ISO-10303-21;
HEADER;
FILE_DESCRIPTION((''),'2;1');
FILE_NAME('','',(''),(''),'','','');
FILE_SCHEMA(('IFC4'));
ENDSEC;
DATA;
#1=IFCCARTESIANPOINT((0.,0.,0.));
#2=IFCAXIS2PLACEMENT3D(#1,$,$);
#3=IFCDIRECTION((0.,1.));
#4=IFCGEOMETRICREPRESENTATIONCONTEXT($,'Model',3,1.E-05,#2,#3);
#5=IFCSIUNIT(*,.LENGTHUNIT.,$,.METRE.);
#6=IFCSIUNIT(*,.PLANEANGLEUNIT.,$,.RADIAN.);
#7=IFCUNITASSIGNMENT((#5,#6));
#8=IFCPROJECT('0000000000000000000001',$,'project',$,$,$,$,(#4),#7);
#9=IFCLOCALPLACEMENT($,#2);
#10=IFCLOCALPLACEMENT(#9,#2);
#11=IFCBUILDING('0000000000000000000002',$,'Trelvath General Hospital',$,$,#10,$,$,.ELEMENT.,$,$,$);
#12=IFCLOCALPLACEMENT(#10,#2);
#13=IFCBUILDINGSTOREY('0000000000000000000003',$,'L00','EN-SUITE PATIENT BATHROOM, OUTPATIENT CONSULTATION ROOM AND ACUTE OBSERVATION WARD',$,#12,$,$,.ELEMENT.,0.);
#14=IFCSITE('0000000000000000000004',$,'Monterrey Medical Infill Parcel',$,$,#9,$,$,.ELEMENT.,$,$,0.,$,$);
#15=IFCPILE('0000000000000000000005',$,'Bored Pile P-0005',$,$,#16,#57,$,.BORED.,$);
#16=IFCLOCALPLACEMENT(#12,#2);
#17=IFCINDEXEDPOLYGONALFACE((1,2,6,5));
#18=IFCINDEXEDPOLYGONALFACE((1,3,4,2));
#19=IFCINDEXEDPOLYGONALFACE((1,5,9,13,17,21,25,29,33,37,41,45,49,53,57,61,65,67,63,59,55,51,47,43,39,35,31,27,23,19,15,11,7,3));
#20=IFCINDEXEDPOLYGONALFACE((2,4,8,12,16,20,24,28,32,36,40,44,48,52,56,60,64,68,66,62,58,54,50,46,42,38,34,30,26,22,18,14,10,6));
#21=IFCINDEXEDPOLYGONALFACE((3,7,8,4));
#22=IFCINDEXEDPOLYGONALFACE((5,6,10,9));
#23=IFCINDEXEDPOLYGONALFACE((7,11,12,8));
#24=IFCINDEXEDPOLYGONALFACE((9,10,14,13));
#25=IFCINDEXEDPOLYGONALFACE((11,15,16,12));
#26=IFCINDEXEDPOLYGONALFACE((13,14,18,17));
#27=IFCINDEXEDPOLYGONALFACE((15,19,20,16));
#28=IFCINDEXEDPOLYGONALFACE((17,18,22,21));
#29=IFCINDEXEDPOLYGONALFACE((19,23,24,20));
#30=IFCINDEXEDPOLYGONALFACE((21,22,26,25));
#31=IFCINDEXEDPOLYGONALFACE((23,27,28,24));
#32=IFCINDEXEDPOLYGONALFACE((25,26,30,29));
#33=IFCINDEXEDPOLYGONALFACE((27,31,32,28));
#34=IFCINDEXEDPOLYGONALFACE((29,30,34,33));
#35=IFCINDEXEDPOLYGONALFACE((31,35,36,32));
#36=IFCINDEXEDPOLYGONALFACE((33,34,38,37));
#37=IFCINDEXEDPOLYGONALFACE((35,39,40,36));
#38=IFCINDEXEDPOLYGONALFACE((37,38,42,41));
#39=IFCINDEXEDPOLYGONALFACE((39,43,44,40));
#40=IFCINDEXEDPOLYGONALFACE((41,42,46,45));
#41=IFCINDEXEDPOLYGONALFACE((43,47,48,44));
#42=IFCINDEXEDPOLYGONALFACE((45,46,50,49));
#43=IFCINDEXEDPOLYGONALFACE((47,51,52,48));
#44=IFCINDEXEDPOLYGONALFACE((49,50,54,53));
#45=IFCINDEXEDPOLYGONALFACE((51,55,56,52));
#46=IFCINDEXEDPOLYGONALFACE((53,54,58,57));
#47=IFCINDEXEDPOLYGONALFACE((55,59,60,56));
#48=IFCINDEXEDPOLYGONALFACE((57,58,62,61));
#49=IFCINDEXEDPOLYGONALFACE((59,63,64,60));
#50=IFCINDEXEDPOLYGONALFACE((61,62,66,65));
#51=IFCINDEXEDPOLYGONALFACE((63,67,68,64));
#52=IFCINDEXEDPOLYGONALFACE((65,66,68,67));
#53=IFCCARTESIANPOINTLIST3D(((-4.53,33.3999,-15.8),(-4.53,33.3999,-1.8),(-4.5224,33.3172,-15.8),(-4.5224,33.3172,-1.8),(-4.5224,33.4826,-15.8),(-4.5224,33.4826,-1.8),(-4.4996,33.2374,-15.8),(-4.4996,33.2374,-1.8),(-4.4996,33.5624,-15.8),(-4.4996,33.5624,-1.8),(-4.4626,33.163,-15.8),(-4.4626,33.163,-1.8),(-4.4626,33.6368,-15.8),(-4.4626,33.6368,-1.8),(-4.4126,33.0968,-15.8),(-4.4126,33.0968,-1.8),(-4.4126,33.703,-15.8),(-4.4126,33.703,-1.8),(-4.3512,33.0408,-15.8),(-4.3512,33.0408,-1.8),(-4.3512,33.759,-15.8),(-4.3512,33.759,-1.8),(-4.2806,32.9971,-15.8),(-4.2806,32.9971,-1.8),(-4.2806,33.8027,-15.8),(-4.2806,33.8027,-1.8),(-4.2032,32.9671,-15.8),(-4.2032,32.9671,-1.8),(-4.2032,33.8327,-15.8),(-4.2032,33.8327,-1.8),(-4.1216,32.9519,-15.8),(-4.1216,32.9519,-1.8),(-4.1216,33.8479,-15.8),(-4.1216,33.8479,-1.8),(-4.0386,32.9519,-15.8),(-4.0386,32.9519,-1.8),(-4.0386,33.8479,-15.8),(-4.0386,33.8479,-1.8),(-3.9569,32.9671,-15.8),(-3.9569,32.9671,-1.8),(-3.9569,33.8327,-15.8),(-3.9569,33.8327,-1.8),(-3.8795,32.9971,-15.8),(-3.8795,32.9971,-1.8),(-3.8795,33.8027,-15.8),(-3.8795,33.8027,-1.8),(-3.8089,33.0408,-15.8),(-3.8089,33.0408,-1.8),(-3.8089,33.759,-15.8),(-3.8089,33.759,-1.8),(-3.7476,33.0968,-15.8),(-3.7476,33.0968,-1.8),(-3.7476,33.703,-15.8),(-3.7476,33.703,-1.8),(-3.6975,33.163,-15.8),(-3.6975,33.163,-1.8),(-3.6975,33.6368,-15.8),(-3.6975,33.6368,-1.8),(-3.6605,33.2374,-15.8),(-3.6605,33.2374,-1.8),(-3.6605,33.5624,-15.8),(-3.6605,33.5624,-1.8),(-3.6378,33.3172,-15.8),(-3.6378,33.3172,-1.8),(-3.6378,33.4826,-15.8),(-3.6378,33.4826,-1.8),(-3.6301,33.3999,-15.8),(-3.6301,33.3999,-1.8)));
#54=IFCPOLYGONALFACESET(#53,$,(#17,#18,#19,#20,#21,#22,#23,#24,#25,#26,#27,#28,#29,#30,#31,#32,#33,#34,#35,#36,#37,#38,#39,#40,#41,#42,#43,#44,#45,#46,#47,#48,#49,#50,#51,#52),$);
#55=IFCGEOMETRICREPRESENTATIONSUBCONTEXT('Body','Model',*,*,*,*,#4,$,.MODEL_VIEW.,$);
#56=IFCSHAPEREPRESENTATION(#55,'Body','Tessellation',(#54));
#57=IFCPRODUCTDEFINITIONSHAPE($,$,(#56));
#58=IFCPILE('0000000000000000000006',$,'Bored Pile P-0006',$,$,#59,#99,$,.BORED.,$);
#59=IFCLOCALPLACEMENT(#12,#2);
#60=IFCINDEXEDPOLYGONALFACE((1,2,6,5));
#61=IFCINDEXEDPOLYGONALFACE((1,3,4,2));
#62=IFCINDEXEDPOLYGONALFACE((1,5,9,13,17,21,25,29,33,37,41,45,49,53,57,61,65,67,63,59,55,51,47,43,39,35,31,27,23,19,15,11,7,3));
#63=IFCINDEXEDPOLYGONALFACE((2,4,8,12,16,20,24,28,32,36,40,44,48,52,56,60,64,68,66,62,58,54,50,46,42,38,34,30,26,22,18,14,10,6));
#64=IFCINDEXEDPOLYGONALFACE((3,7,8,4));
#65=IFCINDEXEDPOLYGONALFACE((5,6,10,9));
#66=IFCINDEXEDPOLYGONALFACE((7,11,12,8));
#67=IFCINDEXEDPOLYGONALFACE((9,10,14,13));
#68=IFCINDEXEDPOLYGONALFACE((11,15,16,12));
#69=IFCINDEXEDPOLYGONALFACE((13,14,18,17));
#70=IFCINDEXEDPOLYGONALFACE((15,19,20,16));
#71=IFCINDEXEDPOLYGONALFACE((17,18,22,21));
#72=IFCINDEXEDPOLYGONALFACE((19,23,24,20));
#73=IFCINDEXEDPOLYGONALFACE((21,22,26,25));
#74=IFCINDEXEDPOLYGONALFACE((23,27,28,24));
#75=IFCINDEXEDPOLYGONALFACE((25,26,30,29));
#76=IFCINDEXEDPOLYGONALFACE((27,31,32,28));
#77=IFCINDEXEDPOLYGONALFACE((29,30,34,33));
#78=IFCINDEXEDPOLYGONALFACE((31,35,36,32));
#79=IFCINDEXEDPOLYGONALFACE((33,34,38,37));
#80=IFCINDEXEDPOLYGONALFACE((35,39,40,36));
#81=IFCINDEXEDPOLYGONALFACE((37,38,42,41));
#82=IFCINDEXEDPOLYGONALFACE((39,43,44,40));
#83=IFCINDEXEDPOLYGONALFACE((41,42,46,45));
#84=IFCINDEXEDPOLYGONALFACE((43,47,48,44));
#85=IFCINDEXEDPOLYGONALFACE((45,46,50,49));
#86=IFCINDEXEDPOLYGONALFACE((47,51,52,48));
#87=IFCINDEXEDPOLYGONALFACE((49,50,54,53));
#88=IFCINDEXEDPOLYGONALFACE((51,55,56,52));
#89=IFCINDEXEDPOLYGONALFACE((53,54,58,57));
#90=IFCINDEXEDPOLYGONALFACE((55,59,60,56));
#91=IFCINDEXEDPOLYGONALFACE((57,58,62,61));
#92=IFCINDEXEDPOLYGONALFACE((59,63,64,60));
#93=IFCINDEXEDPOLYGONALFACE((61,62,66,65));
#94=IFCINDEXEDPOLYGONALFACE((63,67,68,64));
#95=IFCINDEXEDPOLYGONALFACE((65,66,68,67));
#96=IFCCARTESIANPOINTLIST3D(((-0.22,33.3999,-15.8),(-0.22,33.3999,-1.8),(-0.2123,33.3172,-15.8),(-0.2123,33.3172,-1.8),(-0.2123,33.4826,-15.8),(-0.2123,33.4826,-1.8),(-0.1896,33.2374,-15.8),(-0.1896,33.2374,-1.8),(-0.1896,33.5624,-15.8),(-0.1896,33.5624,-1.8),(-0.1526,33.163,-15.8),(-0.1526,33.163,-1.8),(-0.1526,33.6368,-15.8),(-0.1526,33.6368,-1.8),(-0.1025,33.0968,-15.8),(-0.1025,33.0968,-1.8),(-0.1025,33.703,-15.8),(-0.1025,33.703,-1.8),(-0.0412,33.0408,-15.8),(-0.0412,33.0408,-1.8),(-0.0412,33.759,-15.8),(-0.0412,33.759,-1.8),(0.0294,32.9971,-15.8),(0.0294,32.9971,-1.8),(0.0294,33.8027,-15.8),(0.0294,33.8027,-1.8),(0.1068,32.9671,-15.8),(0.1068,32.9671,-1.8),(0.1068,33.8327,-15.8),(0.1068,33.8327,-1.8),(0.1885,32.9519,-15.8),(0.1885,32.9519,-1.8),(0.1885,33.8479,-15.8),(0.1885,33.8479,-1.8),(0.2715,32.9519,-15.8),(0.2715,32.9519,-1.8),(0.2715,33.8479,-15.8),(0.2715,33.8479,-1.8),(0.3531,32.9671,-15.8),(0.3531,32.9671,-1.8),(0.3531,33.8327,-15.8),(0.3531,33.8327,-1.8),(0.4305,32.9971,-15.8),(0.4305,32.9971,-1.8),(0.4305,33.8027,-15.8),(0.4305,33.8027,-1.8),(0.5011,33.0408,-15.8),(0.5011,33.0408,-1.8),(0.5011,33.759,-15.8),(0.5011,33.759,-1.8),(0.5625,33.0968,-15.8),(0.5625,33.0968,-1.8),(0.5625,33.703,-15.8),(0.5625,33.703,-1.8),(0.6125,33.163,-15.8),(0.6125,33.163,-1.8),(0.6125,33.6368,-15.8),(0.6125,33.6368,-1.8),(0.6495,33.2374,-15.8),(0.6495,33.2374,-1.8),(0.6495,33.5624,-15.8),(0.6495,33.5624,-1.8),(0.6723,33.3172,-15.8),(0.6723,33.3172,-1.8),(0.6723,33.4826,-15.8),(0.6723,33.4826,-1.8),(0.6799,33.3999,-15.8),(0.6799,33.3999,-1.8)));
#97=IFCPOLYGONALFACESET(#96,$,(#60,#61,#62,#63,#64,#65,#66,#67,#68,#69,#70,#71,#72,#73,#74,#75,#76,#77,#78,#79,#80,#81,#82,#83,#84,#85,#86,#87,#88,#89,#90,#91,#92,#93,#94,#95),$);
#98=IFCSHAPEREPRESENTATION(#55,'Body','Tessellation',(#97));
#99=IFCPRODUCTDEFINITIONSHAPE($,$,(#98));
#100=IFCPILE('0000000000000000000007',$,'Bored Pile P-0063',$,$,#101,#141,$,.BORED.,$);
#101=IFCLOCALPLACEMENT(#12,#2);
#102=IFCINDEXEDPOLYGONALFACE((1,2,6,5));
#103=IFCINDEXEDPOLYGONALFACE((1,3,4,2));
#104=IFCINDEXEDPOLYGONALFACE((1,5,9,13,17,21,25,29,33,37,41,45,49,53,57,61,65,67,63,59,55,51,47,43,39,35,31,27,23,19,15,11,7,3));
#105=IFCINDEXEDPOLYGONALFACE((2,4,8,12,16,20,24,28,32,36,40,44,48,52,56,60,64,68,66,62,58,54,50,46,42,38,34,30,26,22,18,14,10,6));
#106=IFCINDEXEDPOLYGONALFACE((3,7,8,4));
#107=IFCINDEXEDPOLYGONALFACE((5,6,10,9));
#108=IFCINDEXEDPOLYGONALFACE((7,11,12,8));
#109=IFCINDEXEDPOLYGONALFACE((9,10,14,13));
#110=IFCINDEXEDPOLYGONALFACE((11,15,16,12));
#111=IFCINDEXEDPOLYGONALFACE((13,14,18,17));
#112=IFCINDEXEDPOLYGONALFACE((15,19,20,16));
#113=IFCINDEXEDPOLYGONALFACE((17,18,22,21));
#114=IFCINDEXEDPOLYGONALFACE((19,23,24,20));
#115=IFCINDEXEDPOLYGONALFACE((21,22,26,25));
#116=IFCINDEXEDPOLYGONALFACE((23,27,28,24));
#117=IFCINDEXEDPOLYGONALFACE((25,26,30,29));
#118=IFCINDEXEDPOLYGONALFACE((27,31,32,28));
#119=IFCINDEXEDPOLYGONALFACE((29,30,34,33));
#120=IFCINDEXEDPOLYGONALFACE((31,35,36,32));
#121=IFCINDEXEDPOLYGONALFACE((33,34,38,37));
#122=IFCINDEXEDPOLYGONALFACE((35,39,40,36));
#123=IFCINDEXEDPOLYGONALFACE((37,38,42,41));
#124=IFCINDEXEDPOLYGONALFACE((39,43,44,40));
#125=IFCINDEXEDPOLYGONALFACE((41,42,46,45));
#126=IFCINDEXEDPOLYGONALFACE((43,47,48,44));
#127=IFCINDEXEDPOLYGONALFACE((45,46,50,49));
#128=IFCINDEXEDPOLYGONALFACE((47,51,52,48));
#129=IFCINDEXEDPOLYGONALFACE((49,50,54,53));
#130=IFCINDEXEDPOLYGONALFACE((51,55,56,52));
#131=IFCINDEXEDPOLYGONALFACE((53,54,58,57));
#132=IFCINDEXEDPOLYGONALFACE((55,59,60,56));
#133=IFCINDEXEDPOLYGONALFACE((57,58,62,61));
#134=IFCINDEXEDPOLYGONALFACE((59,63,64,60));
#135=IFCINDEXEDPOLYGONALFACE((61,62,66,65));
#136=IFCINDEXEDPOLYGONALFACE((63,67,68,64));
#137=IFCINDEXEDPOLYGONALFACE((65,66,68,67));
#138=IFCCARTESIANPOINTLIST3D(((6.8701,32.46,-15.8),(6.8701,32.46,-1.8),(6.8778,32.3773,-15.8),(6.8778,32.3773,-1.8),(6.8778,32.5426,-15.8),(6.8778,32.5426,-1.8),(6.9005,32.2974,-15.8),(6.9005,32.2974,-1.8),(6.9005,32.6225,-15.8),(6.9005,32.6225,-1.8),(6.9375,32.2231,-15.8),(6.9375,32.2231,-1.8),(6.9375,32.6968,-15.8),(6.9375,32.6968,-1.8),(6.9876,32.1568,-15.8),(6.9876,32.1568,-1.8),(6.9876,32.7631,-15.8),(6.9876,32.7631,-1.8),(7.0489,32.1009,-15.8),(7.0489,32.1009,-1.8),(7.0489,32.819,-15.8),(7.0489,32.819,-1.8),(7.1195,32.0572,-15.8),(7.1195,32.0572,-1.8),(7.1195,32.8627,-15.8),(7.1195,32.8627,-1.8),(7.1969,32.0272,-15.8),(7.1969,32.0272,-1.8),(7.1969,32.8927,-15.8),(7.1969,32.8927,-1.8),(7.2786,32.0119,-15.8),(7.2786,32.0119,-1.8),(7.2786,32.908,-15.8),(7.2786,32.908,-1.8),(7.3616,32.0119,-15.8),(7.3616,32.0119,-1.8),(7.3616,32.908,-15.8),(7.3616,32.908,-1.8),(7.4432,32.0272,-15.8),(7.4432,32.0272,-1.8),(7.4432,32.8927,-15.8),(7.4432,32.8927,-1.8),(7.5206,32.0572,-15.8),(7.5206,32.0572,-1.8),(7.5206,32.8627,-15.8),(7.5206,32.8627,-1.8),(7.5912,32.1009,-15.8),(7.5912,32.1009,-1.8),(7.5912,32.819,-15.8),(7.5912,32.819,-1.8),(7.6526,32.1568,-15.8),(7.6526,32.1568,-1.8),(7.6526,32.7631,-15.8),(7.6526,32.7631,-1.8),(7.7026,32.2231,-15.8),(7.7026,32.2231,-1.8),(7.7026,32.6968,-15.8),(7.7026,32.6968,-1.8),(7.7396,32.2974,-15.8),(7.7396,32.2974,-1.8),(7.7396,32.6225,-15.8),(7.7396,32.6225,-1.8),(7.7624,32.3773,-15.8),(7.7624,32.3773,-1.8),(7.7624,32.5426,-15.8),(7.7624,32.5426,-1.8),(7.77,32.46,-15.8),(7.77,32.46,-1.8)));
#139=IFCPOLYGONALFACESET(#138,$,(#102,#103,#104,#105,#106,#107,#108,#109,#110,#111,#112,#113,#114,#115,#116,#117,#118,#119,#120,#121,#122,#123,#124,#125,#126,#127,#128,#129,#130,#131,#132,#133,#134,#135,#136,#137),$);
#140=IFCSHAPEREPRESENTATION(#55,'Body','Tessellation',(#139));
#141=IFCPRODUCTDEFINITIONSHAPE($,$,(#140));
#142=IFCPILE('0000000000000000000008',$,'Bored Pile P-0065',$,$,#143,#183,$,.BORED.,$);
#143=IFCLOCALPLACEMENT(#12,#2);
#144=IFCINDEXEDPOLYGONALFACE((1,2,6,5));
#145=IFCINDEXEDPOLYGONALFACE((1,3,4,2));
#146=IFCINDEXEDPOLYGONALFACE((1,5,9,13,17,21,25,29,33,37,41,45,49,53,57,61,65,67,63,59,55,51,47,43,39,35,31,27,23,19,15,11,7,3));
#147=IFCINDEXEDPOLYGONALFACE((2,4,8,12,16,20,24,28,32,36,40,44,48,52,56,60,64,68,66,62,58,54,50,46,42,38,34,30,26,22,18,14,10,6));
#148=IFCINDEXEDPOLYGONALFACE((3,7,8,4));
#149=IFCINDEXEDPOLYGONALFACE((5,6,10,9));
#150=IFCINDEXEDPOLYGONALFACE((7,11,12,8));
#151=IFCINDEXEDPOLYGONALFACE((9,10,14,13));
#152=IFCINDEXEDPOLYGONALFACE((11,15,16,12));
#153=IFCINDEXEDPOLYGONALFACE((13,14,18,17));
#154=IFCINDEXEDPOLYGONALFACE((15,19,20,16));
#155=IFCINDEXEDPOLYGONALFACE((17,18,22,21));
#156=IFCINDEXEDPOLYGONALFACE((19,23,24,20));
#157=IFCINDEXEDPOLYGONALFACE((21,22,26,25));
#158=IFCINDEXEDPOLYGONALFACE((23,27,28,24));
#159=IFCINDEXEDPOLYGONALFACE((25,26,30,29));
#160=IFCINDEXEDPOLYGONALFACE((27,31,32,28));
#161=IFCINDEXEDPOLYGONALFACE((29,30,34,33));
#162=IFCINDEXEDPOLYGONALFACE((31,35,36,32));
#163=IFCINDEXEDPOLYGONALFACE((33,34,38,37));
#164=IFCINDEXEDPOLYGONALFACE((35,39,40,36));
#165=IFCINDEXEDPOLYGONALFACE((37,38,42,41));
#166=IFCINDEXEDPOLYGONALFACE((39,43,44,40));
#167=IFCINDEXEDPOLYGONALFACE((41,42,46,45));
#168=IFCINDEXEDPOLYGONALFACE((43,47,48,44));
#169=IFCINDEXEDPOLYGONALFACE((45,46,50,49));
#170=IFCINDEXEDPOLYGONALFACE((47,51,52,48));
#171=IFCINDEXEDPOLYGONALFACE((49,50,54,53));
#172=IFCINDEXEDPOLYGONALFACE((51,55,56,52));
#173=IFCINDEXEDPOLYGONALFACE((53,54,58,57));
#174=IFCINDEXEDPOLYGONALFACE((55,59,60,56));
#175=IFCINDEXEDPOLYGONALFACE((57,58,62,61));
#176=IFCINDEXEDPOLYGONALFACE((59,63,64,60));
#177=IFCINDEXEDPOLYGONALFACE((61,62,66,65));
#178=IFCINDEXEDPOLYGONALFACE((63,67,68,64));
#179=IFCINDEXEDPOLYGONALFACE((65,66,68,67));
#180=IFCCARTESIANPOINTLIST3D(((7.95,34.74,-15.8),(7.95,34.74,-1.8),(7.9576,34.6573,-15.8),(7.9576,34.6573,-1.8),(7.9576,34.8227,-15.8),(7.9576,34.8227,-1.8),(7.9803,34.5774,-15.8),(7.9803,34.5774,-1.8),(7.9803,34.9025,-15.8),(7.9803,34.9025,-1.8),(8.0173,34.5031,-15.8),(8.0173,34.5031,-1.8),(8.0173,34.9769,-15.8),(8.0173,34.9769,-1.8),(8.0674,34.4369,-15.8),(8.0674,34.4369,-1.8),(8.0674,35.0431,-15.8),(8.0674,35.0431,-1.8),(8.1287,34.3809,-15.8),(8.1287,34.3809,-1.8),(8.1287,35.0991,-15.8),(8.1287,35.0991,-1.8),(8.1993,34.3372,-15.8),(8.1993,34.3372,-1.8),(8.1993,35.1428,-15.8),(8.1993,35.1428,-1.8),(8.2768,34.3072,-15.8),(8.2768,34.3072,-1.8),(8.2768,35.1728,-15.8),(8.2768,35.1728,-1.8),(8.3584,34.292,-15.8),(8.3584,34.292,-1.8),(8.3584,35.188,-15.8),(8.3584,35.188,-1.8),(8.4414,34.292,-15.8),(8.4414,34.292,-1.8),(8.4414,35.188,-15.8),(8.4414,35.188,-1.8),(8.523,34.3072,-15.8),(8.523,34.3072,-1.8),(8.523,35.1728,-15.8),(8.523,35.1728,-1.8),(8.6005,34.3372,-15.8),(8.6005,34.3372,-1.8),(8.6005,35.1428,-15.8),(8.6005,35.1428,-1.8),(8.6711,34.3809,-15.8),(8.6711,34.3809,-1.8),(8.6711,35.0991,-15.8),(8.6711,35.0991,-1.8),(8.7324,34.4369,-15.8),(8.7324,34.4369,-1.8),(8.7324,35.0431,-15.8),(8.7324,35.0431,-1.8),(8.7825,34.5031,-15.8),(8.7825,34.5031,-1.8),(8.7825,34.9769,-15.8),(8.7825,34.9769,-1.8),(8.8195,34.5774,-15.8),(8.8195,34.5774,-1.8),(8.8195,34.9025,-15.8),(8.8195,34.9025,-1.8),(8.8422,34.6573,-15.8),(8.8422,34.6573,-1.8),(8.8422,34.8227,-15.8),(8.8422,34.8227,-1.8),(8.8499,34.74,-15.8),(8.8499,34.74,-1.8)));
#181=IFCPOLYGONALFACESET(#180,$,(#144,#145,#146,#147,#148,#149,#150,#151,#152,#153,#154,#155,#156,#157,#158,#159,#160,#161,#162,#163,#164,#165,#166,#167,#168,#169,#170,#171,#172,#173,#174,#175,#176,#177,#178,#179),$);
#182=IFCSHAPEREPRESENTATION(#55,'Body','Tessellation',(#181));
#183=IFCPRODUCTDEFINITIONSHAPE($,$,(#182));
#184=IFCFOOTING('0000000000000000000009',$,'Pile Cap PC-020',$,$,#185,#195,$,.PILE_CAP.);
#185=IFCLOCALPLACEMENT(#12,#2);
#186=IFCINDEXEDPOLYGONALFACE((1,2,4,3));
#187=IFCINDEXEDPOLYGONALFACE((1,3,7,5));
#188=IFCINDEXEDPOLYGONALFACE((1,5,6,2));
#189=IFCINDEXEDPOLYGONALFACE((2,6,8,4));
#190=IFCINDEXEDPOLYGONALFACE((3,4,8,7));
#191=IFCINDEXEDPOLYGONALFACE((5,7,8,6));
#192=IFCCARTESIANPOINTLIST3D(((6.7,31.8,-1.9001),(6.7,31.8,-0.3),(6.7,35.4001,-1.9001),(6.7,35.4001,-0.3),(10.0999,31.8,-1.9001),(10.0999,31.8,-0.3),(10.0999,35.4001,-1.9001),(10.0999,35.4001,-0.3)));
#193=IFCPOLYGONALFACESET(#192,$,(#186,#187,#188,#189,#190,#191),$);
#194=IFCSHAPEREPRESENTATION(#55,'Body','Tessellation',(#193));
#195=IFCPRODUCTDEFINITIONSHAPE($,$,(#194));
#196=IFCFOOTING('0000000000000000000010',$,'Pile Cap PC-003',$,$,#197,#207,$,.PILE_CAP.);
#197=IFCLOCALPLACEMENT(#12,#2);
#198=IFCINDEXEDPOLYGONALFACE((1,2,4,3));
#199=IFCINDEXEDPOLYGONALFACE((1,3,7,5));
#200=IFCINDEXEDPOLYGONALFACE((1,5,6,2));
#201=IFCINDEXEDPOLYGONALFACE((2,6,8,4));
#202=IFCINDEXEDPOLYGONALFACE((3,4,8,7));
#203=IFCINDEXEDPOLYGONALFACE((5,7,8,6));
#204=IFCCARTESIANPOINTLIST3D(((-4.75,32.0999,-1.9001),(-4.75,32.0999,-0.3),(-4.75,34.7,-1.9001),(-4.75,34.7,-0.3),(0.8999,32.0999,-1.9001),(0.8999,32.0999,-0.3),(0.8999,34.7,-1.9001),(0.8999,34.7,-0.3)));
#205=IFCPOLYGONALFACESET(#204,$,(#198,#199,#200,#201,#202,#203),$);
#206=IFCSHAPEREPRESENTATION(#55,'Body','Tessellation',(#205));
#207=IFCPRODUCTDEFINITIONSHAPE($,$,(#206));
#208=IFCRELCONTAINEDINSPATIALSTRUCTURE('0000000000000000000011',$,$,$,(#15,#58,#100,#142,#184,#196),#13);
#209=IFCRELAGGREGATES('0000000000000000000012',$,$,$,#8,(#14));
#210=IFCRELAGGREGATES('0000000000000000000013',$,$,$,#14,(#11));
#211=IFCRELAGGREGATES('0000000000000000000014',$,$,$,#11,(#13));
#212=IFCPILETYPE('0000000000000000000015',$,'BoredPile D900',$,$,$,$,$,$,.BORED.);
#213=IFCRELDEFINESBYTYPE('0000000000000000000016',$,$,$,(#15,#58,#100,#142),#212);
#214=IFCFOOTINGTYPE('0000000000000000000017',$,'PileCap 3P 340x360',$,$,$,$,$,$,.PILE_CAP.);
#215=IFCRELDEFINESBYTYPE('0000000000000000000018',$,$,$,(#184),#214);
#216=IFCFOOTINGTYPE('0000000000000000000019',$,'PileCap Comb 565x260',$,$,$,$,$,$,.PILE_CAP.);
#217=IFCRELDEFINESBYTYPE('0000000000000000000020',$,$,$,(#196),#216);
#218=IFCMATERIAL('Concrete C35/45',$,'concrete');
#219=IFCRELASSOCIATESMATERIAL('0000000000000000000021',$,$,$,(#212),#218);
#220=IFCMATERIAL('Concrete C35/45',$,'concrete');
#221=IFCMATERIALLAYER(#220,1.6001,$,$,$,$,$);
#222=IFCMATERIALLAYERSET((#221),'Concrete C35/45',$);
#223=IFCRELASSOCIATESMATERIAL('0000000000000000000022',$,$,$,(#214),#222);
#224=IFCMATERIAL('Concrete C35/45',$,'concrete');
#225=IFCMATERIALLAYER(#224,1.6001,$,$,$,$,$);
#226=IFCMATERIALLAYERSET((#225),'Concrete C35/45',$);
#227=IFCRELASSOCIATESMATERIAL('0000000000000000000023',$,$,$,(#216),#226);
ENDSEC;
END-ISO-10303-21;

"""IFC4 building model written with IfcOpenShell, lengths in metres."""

from ifc_helpers import new_model, si_unit, direction, frame, origin, origin_2d, place, context, subcontext, project, spatial, rectangle, circle, extrude, material, layer, layer_set, material_profile, profile_set, type_object, element, save


model = new_model("IFC4")

# Units and contexts
model_context = context("Model", 3, precision=1e-05, world=origin(), true_north=direction((0.0, 1.0)))
body_context = subcontext(model_context, "Body", "Model", "MODEL_VIEW")
ifc_project = project(units=[si_unit("LENGTHUNIT", "METRE"), si_unit("PLANEANGLEUNIT", "RADIAN")], contexts=[model_context])

# Site, building, storey
site_placement = place(None, origin())
site = spatial("IfcSite", under=ifc_project, at=site_placement, Name="Monterrey Medical Infill Parcel", CompositionType="ELEMENT", RefElevation=0.0)
building_placement = place(site_placement, origin())
building = spatial("IfcBuilding", under=site, at=building_placement, Name="Trelvath General Hospital", CompositionType="ELEMENT")
storey_placement = place(building_placement, origin())
storey = spatial("IfcBuildingStorey", under=building, at=storey_placement, Name="L00", Description="EN-SUITE PATIENT BATHROOM, OUTPATIENT CONSULTATION ROOM AND ACUTE OBSERVATION WARD", CompositionType="ELEMENT", Elevation=0.0)

# Piles
ifc_material_1 = material(Name="Concrete C35/45", Category="concrete")
ifc_material_profile_1 = material_profile(ifc_material_1, circle(Radius=0.45, at=origin_2d()), Name="PILE900")
ifc_profile_set_1 = profile_set([ifc_material_profile_1], Name="Concrete C35/45")
pile_type = type_object("IfcPileType", Name="BoredPile D900", PredefinedType="BORED", material=ifc_profile_set_1)
for number, where, z_axis, x_axis, name in (
    (1, (-4.0801, 33.3999, -1.8), (0.0, 0.0, -1.0), (1.0, 0.0, 0.0), "Bored Pile P-0005"),
    (2, (0.23, 33.3999, -1.8), (0.0, 0.0, -1.0), (1.0, 0.0, 0.0), "Bored Pile P-0006"),
    (3, (7.3201, 32.46, -1.8), (0.0, 0.0, -1.0), (1.0, 0.0, 0.0), "Bored Pile P-0063"),
    (4, (8.3999, 34.74, -1.8), (0.0, 0.0, -1.0), (1.0, 0.0, 0.0), "Bored Pile P-0065"),
):
    element("IfcPile", number, at=place(storey_placement, frame(where, z_axis=z_axis, x_axis=x_axis)), inside=storey, type_object=pile_type, Name=name, PredefinedType="BORED", context=body_context, shape_type="SweptSolid", body=[
        extrude(circle(Radius=0.45, at=origin_2d()), origin(), (0.0, 0.0, 1.0), 14.0),
    ])

# Footings
ifc_material_2 = material(Name="Concrete C35/45", Category="concrete")
ifc_layer_1 = layer(ifc_material_2, 1.6001)
ifc_layer_set_1 = layer_set([ifc_layer_1], Name="Concrete C35/45")
footing_type_1 = type_object("IfcFootingType", Name="PileCap 3P 340x360", PredefinedType="PILE_CAP", material=ifc_layer_set_1)
footing_1_placement = place(storey_placement, frame((8.3999, 33.6001, -1.9001), z_axis=(0.0, 0.0, 1.0), x_axis=(1.0, 0.0, 0.0)))
element("IfcFooting", 5, at=footing_1_placement, inside=storey, type_object=footing_type_1, Name="Pile Cap PC-020", PredefinedType="PILE_CAP", context=body_context, shape_type="SweptSolid", body=[
    extrude(rectangle(XDim=3.3999, YDim=3.6001, at=origin_2d()), origin(), (0.0, 0.0, 1.0), 1.6001),
])
ifc_material_3 = material(Name="Concrete C35/45", Category="concrete")
ifc_layer_2 = layer(ifc_material_3, 1.6001)
ifc_layer_set_2 = layer_set([ifc_layer_2], Name="Concrete C35/45")
footing_type_2 = type_object("IfcFootingType", Name="PileCap Comb 565x260", PredefinedType="PILE_CAP", material=ifc_layer_set_2)
footing_2_placement = place(storey_placement, frame((-1.925, 33.3999, -1.9001), z_axis=(0.0, 0.0, 1.0), x_axis=(1.0, 0.0, 0.0)))
element("IfcFooting", 6, at=footing_2_placement, inside=storey, type_object=footing_type_2, Name="Pile Cap PC-003", PredefinedType="PILE_CAP", context=body_context, shape_type="SweptSolid", body=[
    extrude(rectangle(XDim=5.6499, YDim=2.6001, at=origin_2d()), origin(), (0.0, 0.0, 1.0), 1.6001),
])

save(model, "model.ifc")
